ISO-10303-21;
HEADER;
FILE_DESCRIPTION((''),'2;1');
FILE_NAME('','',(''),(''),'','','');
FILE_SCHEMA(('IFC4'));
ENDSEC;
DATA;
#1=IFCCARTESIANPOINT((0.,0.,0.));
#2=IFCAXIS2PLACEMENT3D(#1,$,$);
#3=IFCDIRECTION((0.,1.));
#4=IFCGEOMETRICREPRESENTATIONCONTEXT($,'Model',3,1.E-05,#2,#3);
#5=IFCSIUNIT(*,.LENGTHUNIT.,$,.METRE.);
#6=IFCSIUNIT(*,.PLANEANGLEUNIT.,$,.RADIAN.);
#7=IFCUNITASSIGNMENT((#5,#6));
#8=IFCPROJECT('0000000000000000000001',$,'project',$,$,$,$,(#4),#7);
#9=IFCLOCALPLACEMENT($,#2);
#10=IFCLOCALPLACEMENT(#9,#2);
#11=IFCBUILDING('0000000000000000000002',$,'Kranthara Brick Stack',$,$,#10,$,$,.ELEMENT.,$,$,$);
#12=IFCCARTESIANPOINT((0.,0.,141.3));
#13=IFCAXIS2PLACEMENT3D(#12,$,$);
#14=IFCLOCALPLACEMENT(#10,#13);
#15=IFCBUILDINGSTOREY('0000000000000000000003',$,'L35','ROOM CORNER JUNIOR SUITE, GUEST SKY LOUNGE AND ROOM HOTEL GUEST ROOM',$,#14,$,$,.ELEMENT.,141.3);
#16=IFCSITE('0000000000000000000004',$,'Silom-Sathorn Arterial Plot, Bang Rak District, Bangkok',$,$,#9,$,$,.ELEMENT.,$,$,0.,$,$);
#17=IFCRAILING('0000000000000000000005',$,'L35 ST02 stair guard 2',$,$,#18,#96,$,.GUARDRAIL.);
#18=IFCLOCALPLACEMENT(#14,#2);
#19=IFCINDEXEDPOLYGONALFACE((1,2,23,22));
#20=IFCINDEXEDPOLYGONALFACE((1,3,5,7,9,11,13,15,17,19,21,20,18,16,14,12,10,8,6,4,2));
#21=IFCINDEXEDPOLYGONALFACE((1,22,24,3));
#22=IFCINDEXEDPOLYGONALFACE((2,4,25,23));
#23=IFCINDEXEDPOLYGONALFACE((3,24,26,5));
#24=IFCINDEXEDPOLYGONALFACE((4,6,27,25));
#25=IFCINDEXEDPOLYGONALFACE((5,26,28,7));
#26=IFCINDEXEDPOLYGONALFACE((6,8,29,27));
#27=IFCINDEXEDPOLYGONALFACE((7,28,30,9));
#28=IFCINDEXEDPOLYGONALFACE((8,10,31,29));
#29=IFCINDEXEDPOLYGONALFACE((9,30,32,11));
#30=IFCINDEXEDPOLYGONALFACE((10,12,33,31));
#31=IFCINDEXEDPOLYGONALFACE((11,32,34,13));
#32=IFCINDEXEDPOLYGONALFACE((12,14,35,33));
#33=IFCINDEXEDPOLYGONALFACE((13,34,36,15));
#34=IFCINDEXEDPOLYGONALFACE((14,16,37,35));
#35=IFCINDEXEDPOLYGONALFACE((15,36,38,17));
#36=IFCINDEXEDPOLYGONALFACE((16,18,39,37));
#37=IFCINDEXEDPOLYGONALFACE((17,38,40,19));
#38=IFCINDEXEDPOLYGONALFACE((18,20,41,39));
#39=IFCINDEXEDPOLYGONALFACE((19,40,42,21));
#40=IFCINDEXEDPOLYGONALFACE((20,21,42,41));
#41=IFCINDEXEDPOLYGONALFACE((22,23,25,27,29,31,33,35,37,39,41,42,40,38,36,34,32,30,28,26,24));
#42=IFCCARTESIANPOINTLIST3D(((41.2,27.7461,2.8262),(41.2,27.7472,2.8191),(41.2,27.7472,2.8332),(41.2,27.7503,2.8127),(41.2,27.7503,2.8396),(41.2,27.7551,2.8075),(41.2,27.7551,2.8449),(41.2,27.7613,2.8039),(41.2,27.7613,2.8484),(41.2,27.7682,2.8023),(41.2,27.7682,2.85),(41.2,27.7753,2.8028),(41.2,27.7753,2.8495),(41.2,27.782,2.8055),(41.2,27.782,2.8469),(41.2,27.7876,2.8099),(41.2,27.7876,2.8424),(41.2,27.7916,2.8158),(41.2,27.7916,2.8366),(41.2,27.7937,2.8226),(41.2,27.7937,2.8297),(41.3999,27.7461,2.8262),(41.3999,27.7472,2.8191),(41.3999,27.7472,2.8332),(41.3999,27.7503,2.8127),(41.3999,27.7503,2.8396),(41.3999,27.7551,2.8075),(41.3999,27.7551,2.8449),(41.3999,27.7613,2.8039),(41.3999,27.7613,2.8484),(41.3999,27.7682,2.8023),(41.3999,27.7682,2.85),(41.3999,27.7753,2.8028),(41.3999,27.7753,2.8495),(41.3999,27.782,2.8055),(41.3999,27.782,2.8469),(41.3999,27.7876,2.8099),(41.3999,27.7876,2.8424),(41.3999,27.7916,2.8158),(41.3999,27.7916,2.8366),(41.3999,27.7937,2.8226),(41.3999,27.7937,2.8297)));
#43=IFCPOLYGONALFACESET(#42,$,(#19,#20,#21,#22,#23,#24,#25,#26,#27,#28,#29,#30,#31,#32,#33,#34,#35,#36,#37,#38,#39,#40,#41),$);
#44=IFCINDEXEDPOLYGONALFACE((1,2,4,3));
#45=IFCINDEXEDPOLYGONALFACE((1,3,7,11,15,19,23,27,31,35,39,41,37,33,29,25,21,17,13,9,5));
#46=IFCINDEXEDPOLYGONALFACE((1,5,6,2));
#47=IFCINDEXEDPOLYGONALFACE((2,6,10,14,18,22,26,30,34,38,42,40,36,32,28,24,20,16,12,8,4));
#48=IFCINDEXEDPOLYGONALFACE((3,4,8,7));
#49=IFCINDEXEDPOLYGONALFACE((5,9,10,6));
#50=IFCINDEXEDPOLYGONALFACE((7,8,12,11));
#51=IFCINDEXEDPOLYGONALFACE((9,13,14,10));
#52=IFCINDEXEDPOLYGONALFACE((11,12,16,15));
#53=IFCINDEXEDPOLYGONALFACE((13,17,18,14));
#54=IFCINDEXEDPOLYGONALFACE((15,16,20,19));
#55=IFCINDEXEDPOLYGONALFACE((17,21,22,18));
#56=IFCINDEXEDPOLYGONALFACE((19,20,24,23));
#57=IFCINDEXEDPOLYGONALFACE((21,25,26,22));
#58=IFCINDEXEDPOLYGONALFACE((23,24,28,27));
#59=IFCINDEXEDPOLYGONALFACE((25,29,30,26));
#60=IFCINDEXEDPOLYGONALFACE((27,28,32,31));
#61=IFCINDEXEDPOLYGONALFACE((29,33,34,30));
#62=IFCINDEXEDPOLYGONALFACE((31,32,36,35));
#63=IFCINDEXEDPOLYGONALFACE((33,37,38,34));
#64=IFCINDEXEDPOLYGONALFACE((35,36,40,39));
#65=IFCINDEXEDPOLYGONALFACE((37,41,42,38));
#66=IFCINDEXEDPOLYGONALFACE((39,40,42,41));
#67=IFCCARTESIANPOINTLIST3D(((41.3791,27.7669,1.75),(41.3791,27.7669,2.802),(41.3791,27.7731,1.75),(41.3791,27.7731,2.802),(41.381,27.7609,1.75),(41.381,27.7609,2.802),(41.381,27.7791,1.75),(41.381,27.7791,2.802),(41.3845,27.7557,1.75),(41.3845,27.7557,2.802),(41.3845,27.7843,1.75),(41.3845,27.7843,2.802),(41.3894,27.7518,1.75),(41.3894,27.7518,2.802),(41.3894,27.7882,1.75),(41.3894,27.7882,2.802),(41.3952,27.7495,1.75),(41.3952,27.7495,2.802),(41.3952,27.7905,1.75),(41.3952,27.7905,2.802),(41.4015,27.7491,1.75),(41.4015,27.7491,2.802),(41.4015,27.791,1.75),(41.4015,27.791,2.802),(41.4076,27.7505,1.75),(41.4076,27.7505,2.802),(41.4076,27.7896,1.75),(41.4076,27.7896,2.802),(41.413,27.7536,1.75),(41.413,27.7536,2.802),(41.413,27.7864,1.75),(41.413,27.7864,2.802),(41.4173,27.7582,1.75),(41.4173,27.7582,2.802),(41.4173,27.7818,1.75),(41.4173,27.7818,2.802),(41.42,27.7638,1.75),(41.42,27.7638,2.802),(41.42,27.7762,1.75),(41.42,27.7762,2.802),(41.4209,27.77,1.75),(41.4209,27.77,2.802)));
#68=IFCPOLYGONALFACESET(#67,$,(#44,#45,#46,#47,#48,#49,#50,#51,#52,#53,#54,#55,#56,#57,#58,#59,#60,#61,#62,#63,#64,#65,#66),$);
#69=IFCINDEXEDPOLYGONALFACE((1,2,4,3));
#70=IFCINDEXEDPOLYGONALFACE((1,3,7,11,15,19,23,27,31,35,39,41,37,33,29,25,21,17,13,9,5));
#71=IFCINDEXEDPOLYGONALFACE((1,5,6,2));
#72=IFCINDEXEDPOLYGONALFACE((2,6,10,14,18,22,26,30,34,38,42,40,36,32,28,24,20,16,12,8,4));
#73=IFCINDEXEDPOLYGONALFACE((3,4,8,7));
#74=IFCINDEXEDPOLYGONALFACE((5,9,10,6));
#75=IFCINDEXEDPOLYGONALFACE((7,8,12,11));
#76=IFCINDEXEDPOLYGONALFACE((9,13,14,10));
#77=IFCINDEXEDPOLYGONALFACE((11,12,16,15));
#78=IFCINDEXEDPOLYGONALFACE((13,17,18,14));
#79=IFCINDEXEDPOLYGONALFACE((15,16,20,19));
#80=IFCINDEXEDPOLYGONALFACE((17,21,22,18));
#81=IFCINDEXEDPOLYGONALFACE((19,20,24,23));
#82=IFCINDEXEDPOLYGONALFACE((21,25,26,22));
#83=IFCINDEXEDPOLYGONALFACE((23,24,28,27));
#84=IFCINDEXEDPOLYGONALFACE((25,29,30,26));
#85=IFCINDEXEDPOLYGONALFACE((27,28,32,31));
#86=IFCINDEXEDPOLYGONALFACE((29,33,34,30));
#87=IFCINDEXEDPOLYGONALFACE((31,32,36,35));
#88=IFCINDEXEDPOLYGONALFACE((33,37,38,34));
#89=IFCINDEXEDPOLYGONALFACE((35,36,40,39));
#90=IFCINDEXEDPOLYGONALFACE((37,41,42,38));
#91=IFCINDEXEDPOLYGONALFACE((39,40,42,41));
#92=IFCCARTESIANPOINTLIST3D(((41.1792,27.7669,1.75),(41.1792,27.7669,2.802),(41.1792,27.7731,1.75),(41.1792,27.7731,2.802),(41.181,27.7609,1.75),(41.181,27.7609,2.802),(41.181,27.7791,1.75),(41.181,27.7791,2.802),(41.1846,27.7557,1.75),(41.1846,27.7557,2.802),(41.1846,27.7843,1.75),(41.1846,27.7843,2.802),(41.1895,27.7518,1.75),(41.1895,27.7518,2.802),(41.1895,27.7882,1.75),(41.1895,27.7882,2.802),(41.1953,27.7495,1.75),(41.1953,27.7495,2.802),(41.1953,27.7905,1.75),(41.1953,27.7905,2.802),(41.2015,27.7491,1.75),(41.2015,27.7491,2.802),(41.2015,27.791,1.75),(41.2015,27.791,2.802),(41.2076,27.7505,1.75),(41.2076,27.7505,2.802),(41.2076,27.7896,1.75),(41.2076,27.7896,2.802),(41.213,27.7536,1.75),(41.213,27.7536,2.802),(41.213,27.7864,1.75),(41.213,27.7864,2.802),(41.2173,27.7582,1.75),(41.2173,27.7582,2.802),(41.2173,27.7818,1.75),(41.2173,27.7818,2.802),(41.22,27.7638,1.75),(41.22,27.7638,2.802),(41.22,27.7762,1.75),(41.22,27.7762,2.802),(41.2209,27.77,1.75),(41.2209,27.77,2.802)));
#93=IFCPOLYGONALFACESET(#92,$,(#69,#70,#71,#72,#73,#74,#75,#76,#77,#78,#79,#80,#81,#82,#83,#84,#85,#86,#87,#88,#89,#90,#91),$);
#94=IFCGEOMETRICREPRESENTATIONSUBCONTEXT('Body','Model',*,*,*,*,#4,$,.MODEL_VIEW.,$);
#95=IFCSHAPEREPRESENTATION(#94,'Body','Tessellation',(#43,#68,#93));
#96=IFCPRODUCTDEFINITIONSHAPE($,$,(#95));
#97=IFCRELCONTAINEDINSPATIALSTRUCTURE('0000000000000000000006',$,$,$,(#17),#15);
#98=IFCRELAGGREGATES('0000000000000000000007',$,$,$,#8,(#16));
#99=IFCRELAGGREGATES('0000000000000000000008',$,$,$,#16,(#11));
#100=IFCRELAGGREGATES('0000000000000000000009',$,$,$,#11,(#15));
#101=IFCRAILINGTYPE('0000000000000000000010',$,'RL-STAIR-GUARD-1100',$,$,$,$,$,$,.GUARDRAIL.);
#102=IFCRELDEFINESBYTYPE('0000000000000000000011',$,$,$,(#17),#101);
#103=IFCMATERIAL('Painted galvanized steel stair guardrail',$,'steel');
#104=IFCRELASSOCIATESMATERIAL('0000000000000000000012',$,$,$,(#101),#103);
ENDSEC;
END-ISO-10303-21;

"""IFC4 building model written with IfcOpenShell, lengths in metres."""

from ifc_helpers import new_model, si_unit, direction, frame, origin, origin_2d, place, context, subcontext, project, spatial, circle, extrude, material, type_object, element, save


model = new_model("IFC4")

# Units and contexts
model_context = context("Model", 3, precision=1e-05, world=origin(), true_north=direction((0.0, 1.0)))
body_context = subcontext(model_context, "Body", "Model", "MODEL_VIEW")
ifc_project = project(units=[si_unit("LENGTHUNIT", "METRE"), si_unit("PLANEANGLEUNIT", "RADIAN")], contexts=[model_context])

# Site, building, storey
site_placement = place(None, origin())
site = spatial("IfcSite", under=ifc_project, at=site_placement, Name="Silom-Sathorn Arterial Plot, Bang Rak District, Bangkok", CompositionType="ELEMENT", RefElevation=0.0)
building_placement = place(site_placement, origin())
building = spatial("IfcBuilding", under=site, at=building_placement, Name="Kranthara Brick Stack", CompositionType="ELEMENT")
storey_placement = place(building_placement, frame((0.0, 0.0, 141.3)))
storey = spatial("IfcBuildingStorey", under=building, at=storey_placement, Name="L35", Description="ROOM CORNER JUNIOR SUITE, GUEST SKY LOUNGE AND ROOM HOTEL GUEST ROOM", CompositionType="ELEMENT", Elevation=141.3)

# Railing
ifc_material_1 = material(Name="Painted galvanized steel stair guardrail", Category="steel")
railing_type_1 = type_object("IfcRailingType", Name="RL-STAIR-GUARD-1100", PredefinedType="GUARDRAIL", material=ifc_material_1)
railing_1_placement = place(storey_placement, frame((41.3999, 27.77, 1.75)))
element("IfcRailing", 1, at=railing_1_placement, inside=storey, type_object=railing_type_1, Name="L35 ST02 stair guard 2", PredefinedType="GUARDRAIL", context=body_context, shape_type="SweptSolid", body=[
    extrude(circle(Radius=0.0239, at=origin_2d()), frame((0.0, 0.0, 1.0762), z_axis=(-1.0, 0.0, 0.0), x_axis=(0.0, -1.0, 0.0)), (0.0, 0.0, 1.0), 0.2),
    extrude(circle(Radius=0.021, at=origin_2d()), origin(), (0.0, 0.0, 1.0), 1.052),
    extrude(circle(Radius=0.021, at=origin_2d()), frame((-0.2, 0.0, 0.0)), (0.0, 0.0, 1.0), 1.052),
])

save(model, "model.ifc")
